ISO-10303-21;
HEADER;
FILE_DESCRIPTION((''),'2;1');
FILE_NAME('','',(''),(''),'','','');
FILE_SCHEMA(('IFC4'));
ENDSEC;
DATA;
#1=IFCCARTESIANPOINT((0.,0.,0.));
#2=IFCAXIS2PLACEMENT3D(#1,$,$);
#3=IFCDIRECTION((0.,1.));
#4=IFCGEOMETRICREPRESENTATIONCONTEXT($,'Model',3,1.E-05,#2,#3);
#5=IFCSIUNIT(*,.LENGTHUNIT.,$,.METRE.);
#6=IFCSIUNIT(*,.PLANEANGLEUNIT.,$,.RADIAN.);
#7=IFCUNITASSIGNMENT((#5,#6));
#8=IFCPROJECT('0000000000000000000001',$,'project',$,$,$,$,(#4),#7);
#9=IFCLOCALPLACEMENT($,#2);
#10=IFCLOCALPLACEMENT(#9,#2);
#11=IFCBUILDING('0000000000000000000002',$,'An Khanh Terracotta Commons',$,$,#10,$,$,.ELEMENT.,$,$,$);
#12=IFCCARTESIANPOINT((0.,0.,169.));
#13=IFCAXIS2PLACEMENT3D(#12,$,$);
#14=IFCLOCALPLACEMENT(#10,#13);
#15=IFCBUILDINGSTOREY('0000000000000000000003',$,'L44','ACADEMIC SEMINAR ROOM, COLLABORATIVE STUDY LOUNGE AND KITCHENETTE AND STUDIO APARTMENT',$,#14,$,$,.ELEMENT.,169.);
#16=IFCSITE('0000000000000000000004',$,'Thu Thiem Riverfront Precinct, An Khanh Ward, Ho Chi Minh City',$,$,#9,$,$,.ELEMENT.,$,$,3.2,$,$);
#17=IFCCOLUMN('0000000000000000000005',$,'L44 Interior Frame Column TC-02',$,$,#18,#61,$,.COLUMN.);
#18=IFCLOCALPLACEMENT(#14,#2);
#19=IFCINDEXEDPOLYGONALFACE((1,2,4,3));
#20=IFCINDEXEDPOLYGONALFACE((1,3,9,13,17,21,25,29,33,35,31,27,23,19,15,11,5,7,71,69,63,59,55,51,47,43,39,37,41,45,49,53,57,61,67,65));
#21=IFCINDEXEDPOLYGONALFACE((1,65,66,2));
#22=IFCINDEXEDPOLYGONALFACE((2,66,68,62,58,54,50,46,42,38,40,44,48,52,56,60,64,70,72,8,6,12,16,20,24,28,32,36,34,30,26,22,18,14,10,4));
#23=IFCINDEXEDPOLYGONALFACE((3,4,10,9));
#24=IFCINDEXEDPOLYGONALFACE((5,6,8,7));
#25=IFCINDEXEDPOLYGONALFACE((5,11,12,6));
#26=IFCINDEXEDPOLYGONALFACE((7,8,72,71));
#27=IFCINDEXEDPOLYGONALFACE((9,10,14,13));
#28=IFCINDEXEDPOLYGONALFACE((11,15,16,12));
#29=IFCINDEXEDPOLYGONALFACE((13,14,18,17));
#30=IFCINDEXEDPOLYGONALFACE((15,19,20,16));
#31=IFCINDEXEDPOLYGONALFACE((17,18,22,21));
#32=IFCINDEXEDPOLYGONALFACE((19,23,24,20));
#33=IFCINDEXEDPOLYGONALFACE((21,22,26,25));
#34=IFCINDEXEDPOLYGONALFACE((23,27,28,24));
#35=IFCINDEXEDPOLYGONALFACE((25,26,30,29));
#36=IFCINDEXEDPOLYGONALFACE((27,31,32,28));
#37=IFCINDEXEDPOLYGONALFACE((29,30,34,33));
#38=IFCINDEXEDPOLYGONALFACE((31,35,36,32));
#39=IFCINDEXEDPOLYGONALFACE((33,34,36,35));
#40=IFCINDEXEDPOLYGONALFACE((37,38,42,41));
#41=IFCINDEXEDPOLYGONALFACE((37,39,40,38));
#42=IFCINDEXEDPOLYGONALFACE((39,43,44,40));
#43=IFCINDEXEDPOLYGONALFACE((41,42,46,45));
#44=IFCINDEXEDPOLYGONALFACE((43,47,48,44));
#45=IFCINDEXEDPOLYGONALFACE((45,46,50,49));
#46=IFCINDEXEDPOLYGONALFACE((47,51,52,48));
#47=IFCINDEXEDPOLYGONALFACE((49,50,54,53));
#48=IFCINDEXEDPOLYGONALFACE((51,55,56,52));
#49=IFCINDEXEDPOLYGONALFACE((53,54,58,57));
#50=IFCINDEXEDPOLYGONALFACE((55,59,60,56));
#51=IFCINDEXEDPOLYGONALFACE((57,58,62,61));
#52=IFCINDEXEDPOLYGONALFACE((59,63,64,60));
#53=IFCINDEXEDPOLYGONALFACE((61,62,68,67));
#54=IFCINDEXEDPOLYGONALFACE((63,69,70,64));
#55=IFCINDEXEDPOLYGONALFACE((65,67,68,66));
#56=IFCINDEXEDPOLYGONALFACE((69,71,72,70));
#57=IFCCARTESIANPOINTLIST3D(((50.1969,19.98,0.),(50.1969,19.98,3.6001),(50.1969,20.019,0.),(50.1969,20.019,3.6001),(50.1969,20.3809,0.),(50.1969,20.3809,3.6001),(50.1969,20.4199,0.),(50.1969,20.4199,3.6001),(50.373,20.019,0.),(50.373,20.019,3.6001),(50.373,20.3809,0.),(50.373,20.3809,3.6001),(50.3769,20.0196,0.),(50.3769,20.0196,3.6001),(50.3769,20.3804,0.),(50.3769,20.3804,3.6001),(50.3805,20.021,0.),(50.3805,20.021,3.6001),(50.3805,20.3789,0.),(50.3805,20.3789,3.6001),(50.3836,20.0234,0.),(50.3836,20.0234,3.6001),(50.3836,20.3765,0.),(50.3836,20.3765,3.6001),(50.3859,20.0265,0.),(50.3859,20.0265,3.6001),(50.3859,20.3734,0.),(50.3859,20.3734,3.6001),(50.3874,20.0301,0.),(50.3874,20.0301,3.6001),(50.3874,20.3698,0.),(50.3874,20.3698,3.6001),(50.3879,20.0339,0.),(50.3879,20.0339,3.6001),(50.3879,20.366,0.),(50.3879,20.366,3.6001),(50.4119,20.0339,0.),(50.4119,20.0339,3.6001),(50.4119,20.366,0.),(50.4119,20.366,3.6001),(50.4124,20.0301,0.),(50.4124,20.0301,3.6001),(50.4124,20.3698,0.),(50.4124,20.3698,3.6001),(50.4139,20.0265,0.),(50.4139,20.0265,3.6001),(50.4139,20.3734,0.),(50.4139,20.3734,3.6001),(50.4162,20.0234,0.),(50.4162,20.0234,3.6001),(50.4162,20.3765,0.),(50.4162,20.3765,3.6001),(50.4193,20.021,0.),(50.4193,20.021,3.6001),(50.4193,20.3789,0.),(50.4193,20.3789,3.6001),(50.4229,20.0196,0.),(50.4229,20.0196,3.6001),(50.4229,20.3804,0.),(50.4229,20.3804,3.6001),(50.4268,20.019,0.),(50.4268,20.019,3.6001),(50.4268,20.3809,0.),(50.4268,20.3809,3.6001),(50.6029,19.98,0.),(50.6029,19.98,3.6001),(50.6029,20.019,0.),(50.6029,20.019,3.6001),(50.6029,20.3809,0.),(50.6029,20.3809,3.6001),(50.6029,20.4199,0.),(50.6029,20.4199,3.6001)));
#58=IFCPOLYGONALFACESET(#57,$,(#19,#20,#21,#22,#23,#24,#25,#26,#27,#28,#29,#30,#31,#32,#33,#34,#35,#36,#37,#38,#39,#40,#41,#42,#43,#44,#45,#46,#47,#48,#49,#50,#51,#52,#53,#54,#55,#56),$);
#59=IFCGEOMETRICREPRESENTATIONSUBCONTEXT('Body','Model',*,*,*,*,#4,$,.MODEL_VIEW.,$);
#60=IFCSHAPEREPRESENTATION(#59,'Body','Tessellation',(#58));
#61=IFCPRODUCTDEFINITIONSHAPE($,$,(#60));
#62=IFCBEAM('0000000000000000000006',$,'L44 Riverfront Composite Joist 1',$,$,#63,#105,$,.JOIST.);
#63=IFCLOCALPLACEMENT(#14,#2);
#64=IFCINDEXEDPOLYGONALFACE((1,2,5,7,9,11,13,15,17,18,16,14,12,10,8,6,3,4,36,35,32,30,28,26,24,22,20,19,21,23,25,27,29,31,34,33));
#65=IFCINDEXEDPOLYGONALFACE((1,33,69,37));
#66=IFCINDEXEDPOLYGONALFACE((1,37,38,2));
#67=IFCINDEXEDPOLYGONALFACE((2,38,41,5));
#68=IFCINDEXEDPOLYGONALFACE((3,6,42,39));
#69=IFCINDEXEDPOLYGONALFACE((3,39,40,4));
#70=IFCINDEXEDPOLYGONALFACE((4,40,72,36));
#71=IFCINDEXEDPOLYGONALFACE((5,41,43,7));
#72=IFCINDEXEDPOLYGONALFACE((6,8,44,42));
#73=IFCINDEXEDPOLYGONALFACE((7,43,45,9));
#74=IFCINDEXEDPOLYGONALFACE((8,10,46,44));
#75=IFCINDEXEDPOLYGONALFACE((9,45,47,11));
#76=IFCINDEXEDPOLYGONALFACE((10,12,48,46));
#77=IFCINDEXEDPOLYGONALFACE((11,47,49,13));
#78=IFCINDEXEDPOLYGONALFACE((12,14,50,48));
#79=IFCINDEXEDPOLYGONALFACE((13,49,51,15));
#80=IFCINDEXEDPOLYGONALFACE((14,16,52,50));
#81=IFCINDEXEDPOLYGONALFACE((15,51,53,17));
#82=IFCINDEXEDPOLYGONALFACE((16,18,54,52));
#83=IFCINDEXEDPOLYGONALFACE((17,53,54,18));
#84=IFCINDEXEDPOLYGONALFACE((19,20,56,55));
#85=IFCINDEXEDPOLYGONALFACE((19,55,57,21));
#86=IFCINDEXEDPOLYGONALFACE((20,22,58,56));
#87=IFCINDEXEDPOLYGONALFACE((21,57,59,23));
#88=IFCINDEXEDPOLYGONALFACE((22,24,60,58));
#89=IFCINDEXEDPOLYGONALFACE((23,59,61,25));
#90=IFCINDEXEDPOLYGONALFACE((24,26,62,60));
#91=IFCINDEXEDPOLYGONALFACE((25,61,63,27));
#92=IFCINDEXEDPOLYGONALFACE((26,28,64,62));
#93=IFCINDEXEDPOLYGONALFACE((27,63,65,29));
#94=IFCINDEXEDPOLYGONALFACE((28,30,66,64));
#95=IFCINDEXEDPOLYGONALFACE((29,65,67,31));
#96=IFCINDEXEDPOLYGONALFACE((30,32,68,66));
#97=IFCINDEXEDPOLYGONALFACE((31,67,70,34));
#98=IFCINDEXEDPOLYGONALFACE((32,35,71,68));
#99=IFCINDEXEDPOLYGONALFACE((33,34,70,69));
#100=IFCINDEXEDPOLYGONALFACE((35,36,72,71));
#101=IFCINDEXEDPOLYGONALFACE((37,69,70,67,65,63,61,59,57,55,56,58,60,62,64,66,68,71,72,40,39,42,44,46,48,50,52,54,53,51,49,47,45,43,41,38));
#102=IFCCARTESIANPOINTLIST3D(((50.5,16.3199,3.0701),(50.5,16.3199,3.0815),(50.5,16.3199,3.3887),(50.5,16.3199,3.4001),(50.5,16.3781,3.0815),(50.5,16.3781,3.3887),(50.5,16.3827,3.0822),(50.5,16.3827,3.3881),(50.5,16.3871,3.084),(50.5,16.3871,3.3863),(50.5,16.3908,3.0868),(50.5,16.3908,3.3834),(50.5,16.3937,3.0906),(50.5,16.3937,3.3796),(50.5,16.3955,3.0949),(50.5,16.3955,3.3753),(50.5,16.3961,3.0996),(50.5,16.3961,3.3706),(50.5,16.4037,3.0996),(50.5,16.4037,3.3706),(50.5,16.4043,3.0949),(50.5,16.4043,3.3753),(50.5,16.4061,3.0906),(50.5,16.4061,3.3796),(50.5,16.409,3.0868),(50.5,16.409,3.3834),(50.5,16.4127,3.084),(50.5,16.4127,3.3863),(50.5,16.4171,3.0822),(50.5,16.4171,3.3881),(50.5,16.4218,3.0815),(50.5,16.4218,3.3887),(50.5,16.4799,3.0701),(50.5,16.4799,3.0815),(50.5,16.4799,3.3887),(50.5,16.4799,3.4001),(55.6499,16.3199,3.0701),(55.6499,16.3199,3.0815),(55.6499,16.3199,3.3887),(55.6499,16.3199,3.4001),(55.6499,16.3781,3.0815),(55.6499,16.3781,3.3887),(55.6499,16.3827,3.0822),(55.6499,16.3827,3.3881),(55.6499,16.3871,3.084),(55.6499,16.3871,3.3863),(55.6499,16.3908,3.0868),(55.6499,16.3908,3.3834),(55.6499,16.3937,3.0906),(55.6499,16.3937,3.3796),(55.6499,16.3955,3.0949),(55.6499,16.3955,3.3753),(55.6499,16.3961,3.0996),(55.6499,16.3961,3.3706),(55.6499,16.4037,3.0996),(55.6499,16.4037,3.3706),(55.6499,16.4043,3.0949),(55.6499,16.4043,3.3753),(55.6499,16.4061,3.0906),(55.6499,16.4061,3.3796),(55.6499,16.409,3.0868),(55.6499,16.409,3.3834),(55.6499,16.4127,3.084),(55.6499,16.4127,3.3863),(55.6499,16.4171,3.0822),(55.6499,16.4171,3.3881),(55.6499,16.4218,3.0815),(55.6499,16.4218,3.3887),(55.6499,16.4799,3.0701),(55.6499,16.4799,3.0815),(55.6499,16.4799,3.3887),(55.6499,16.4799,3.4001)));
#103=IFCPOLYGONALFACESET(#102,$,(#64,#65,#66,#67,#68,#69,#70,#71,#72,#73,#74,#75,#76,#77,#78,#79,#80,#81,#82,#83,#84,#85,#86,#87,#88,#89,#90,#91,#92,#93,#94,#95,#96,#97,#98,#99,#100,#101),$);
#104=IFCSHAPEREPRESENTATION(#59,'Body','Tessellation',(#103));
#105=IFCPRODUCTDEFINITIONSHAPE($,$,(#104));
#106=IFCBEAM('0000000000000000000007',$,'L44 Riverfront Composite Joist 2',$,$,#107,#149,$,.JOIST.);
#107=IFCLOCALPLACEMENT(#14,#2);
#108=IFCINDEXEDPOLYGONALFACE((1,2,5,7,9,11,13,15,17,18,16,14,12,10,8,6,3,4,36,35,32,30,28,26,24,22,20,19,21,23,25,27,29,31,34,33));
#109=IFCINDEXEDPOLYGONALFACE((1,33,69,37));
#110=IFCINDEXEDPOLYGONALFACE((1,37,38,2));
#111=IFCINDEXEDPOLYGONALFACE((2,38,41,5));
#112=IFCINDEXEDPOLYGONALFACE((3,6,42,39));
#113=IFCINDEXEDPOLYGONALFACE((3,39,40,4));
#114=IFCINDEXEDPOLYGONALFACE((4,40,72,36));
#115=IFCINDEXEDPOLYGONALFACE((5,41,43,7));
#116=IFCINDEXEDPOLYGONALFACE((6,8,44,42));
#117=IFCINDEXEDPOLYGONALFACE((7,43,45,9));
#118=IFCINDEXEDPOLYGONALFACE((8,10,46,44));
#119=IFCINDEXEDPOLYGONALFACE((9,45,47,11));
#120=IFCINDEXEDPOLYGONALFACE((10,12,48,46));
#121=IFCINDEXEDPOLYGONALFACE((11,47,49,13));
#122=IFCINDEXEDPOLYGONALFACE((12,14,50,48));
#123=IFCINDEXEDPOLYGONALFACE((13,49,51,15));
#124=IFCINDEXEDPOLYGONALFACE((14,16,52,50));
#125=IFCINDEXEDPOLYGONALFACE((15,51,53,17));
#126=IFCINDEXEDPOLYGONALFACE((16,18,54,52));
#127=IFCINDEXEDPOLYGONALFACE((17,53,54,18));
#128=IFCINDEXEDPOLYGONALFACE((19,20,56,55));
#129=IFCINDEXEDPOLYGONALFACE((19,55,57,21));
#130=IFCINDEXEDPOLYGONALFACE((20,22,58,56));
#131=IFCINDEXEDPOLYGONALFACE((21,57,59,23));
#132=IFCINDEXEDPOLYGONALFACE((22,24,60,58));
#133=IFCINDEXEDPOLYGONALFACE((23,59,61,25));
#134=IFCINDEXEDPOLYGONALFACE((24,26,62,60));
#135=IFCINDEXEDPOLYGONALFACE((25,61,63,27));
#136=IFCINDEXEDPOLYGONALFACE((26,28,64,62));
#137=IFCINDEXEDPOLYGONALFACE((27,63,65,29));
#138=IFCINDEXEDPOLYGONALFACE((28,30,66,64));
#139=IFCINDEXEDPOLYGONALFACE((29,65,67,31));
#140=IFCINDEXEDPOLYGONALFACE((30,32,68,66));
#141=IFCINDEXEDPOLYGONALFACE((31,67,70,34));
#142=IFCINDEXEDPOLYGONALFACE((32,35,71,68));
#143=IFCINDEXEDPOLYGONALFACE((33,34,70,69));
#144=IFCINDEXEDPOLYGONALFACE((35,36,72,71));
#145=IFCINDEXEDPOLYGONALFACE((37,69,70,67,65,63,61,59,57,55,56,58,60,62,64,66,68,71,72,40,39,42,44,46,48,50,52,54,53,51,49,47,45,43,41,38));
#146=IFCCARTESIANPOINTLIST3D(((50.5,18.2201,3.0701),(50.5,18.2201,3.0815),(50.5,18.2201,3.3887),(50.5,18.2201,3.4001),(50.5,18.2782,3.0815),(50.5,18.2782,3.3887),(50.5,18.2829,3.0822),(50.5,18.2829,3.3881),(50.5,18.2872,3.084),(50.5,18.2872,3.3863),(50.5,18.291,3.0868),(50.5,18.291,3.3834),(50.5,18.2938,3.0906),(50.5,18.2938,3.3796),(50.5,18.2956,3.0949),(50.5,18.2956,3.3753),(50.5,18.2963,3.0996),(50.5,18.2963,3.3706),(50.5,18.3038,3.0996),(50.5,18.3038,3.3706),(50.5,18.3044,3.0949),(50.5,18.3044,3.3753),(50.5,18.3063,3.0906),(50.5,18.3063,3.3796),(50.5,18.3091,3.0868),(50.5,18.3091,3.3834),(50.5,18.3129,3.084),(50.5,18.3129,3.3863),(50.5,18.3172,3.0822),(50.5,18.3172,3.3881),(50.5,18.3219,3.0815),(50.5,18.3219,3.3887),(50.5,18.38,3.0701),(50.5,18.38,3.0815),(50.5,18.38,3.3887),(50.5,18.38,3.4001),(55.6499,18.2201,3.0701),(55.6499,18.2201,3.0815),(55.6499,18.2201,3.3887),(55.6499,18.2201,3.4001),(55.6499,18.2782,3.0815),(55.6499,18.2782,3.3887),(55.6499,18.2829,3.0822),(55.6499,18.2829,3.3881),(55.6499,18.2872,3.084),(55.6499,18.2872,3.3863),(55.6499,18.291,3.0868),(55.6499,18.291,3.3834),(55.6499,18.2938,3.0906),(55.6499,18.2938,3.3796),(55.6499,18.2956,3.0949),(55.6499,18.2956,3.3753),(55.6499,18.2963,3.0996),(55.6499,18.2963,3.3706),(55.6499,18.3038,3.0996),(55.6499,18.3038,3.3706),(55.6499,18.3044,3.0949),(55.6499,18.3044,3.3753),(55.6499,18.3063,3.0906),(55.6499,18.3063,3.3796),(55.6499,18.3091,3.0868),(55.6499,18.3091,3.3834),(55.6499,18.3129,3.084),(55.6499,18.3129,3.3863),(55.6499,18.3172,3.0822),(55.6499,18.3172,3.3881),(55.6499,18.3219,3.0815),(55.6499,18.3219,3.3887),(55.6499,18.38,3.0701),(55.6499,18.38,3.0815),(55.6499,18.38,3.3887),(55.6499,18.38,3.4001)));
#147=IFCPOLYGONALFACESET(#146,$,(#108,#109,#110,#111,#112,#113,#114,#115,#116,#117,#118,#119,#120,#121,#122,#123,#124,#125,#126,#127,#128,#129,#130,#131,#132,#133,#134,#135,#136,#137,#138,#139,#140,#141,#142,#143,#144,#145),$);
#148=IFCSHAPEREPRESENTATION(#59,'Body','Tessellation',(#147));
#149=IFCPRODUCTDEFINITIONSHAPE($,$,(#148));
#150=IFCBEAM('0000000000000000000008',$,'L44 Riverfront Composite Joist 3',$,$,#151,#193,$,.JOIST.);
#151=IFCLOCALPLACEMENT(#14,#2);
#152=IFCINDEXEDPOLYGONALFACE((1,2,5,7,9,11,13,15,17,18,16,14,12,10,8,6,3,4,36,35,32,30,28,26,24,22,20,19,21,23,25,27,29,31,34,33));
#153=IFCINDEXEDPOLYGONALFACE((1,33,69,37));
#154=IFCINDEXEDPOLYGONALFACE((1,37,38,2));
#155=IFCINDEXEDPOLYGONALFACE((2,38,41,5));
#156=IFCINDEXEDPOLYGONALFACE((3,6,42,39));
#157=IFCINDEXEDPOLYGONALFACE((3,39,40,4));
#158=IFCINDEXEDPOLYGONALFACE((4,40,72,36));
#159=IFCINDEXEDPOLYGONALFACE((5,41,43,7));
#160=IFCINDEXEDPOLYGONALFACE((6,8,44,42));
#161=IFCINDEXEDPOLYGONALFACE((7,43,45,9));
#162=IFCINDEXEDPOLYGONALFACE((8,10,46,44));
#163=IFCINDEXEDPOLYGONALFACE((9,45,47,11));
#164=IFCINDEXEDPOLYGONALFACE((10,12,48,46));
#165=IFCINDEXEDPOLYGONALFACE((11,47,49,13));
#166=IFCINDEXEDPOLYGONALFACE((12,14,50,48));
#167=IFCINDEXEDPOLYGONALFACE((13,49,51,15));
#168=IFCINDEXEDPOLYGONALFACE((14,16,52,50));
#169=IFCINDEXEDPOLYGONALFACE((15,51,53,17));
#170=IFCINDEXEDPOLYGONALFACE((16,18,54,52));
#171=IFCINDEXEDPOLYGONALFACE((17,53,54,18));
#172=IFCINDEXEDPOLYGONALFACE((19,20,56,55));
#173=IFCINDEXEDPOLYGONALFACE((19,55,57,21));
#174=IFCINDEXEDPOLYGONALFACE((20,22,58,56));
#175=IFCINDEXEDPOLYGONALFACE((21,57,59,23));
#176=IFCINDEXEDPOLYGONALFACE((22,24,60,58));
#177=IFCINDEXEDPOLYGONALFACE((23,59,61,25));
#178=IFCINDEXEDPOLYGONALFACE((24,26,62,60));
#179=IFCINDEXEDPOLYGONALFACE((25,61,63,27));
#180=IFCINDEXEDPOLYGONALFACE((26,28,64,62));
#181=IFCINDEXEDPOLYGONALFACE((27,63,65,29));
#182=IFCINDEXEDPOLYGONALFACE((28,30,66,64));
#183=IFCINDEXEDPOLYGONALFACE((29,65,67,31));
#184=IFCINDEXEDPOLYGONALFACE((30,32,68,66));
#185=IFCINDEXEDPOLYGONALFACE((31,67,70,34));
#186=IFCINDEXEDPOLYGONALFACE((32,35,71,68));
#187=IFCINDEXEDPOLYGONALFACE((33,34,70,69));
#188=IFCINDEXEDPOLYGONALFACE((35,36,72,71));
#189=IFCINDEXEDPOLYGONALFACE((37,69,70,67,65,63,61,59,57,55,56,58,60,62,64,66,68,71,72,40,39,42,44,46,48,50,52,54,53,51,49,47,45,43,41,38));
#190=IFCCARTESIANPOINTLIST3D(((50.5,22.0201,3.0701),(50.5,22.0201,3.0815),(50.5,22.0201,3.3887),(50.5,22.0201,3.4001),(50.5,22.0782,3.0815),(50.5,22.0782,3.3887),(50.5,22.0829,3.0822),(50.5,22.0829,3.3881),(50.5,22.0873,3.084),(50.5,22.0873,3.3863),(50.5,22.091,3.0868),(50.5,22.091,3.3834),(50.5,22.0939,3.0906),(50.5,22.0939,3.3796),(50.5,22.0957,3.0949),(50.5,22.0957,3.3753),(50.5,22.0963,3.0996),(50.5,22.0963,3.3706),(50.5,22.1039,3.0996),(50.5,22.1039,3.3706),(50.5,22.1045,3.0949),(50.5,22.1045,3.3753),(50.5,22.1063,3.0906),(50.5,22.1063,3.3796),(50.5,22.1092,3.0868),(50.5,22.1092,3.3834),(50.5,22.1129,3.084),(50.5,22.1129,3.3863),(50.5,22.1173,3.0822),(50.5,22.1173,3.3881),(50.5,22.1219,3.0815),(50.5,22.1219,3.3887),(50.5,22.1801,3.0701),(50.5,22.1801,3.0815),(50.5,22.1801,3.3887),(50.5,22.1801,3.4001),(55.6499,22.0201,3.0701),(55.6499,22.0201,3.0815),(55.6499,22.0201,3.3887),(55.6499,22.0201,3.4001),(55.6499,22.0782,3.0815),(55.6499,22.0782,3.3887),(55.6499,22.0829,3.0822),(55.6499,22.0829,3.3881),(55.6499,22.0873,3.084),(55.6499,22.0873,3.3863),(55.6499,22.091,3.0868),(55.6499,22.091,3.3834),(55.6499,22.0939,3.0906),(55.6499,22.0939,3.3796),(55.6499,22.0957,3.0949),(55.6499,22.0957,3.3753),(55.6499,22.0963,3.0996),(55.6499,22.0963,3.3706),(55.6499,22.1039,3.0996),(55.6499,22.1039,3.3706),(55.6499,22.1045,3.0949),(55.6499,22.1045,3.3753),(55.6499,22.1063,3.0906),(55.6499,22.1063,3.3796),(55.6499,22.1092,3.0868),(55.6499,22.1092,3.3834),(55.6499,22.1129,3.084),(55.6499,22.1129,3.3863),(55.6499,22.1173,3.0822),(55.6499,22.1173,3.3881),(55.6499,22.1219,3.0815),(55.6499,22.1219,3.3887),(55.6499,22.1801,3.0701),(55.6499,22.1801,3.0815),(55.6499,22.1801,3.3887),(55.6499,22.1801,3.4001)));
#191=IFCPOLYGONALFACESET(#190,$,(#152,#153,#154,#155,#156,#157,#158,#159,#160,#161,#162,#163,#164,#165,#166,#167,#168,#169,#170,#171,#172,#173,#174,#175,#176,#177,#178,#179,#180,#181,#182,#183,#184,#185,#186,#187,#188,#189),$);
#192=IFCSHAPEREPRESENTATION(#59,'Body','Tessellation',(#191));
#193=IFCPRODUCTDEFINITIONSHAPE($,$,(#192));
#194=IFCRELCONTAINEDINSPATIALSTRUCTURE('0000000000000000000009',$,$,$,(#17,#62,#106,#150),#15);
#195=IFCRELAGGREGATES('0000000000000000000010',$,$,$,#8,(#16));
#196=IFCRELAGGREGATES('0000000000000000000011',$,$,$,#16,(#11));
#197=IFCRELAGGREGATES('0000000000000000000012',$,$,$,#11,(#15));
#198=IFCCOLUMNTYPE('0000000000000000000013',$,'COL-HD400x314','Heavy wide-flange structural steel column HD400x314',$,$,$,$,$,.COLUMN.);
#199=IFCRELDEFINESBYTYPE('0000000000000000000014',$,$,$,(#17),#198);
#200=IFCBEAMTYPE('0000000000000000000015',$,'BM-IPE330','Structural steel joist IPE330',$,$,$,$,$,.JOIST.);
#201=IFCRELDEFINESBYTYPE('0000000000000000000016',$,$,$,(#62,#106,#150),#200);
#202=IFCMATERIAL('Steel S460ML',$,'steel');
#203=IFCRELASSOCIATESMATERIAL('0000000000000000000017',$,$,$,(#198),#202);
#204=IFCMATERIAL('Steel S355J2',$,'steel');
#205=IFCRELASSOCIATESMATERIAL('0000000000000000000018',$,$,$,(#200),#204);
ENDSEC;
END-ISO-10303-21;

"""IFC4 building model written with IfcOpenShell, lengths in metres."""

from ifc_helpers import new_model, si_unit, direction, frame, origin, origin_2d, place, context, subcontext, project, spatial, i_section, extrude, material, material_profile, profile_set, type_object, element, save


model = new_model("IFC4")

# Units and contexts
model_context = context("Model", 3, precision=1e-05, world=origin(), true_north=direction((0.0, 1.0)))
body_context = subcontext(model_context, "Body", "Model", "MODEL_VIEW")
ifc_project = project(units=[si_unit("LENGTHUNIT", "METRE"), si_unit("PLANEANGLEUNIT", "RADIAN")], contexts=[model_context])

# Site, building, storey
site_placement = place(None, origin())
site = spatial("IfcSite", under=ifc_project, at=site_placement, Name="Thu Thiem Riverfront Precinct, An Khanh Ward, Ho Chi Minh City", CompositionType="ELEMENT", RefElevation=3.2)
building_placement = place(site_placement, origin())
building = spatial("IfcBuilding", under=site, at=building_placement, Name="An Khanh Terracotta Commons", CompositionType="ELEMENT")
storey_placement = place(building_placement, frame((0.0, 0.0, 169.0)))
storey = spatial("IfcBuildingStorey", under=building, at=storey_placement, Name="L44", Description="ACADEMIC SEMINAR ROOM, COLLABORATIVE STUDY LOUNGE AND KITCHENETTE AND STUDIO APARTMENT", CompositionType="ELEMENT", Elevation=169.0)

# Column
ifc_material_1 = material(Name="Steel S460ML", Category="steel")
ifc_material_profile_1 = material_profile(ifc_material_1, i_section(OverallWidth=0.406, OverallDepth=0.4399, WebThickness=0.0239, FlangeThickness=0.0391, FilletRadius=0.0149, at=origin_2d()), Name="HD400x314")
ifc_profile_set_1 = profile_set([ifc_material_profile_1], Name="Steel S460ML")
column_type = type_object("IfcColumnType", Name="COL-HD400x314", Description="Heavy wide-flange structural steel column HD400x314", PredefinedType="COLUMN", material=ifc_profile_set_1)
column_placement = place(storey_placement, frame((50.3999, 20.2, 0.0), z_axis=(0.0, 0.0, 1.0), x_axis=(1.0, 0.0, 0.0)))
element("IfcColumn", 1, at=column_placement, inside=storey, type_object=column_type, Name="L44 Interior Frame Column TC-02", PredefinedType="COLUMN", context=body_context, shape_type="SweptSolid", body=[
    extrude(i_section(OverallWidth=0.406, OverallDepth=0.4399, WebThickness=0.0239, FlangeThickness=0.0391, FilletRadius=0.0149, at=origin_2d()), origin(), (0.0, 0.0, 1.0), 3.6001),
])

# Beams
ifc_material_2 = material(Name="Steel S355J2", Category="steel")
ifc_material_profile_2 = material_profile(ifc_material_2, i_section(OverallWidth=0.1599, OverallDepth=0.3301, WebThickness=0.0076, FlangeThickness=0.0115, FilletRadius=0.0181, at=origin_2d()), Name="IPE330")
ifc_profile_set_2 = profile_set([ifc_material_profile_2], Name="Steel S355J2")
beam_type_1 = type_object("IfcBeamType", Name="BM-IPE330", Description="Structural steel joist IPE330", PredefinedType="JOIST", material=ifc_profile_set_2)
for number, where, z_axis, x_axis, name in (
    (2, (50.5, 16.3999, 3.2351), (1.0, 0.0, 0.0), (0.0, 1.0, 0.0), "L44 Riverfront Composite Joist 1"),
    (3, (50.5, 18.3, 3.2351), (1.0, 0.0, 0.0), (0.0, 1.0, 0.0), "L44 Riverfront Composite Joist 2"),
    (4, (50.5, 22.1001, 3.2351), (1.0, 0.0, 0.0), (0.0, 1.0, 0.0), "L44 Riverfront Composite Joist 3"),
):
    element("IfcBeam", number, at=place(storey_placement, frame(where, z_axis=z_axis, x_axis=x_axis)), inside=storey, type_object=beam_type_1, Name=name, PredefinedType="JOIST", context=body_context, shape_type="SweptSolid", body=[
        extrude(i_section(OverallWidth=0.1599, OverallDepth=0.3301, WebThickness=0.0076, FlangeThickness=0.0115, FilletRadius=0.0181, at=origin_2d()), origin(), (0.0, 0.0, 1.0), 5.1499),
    ])

save(model, "model.ifc")
